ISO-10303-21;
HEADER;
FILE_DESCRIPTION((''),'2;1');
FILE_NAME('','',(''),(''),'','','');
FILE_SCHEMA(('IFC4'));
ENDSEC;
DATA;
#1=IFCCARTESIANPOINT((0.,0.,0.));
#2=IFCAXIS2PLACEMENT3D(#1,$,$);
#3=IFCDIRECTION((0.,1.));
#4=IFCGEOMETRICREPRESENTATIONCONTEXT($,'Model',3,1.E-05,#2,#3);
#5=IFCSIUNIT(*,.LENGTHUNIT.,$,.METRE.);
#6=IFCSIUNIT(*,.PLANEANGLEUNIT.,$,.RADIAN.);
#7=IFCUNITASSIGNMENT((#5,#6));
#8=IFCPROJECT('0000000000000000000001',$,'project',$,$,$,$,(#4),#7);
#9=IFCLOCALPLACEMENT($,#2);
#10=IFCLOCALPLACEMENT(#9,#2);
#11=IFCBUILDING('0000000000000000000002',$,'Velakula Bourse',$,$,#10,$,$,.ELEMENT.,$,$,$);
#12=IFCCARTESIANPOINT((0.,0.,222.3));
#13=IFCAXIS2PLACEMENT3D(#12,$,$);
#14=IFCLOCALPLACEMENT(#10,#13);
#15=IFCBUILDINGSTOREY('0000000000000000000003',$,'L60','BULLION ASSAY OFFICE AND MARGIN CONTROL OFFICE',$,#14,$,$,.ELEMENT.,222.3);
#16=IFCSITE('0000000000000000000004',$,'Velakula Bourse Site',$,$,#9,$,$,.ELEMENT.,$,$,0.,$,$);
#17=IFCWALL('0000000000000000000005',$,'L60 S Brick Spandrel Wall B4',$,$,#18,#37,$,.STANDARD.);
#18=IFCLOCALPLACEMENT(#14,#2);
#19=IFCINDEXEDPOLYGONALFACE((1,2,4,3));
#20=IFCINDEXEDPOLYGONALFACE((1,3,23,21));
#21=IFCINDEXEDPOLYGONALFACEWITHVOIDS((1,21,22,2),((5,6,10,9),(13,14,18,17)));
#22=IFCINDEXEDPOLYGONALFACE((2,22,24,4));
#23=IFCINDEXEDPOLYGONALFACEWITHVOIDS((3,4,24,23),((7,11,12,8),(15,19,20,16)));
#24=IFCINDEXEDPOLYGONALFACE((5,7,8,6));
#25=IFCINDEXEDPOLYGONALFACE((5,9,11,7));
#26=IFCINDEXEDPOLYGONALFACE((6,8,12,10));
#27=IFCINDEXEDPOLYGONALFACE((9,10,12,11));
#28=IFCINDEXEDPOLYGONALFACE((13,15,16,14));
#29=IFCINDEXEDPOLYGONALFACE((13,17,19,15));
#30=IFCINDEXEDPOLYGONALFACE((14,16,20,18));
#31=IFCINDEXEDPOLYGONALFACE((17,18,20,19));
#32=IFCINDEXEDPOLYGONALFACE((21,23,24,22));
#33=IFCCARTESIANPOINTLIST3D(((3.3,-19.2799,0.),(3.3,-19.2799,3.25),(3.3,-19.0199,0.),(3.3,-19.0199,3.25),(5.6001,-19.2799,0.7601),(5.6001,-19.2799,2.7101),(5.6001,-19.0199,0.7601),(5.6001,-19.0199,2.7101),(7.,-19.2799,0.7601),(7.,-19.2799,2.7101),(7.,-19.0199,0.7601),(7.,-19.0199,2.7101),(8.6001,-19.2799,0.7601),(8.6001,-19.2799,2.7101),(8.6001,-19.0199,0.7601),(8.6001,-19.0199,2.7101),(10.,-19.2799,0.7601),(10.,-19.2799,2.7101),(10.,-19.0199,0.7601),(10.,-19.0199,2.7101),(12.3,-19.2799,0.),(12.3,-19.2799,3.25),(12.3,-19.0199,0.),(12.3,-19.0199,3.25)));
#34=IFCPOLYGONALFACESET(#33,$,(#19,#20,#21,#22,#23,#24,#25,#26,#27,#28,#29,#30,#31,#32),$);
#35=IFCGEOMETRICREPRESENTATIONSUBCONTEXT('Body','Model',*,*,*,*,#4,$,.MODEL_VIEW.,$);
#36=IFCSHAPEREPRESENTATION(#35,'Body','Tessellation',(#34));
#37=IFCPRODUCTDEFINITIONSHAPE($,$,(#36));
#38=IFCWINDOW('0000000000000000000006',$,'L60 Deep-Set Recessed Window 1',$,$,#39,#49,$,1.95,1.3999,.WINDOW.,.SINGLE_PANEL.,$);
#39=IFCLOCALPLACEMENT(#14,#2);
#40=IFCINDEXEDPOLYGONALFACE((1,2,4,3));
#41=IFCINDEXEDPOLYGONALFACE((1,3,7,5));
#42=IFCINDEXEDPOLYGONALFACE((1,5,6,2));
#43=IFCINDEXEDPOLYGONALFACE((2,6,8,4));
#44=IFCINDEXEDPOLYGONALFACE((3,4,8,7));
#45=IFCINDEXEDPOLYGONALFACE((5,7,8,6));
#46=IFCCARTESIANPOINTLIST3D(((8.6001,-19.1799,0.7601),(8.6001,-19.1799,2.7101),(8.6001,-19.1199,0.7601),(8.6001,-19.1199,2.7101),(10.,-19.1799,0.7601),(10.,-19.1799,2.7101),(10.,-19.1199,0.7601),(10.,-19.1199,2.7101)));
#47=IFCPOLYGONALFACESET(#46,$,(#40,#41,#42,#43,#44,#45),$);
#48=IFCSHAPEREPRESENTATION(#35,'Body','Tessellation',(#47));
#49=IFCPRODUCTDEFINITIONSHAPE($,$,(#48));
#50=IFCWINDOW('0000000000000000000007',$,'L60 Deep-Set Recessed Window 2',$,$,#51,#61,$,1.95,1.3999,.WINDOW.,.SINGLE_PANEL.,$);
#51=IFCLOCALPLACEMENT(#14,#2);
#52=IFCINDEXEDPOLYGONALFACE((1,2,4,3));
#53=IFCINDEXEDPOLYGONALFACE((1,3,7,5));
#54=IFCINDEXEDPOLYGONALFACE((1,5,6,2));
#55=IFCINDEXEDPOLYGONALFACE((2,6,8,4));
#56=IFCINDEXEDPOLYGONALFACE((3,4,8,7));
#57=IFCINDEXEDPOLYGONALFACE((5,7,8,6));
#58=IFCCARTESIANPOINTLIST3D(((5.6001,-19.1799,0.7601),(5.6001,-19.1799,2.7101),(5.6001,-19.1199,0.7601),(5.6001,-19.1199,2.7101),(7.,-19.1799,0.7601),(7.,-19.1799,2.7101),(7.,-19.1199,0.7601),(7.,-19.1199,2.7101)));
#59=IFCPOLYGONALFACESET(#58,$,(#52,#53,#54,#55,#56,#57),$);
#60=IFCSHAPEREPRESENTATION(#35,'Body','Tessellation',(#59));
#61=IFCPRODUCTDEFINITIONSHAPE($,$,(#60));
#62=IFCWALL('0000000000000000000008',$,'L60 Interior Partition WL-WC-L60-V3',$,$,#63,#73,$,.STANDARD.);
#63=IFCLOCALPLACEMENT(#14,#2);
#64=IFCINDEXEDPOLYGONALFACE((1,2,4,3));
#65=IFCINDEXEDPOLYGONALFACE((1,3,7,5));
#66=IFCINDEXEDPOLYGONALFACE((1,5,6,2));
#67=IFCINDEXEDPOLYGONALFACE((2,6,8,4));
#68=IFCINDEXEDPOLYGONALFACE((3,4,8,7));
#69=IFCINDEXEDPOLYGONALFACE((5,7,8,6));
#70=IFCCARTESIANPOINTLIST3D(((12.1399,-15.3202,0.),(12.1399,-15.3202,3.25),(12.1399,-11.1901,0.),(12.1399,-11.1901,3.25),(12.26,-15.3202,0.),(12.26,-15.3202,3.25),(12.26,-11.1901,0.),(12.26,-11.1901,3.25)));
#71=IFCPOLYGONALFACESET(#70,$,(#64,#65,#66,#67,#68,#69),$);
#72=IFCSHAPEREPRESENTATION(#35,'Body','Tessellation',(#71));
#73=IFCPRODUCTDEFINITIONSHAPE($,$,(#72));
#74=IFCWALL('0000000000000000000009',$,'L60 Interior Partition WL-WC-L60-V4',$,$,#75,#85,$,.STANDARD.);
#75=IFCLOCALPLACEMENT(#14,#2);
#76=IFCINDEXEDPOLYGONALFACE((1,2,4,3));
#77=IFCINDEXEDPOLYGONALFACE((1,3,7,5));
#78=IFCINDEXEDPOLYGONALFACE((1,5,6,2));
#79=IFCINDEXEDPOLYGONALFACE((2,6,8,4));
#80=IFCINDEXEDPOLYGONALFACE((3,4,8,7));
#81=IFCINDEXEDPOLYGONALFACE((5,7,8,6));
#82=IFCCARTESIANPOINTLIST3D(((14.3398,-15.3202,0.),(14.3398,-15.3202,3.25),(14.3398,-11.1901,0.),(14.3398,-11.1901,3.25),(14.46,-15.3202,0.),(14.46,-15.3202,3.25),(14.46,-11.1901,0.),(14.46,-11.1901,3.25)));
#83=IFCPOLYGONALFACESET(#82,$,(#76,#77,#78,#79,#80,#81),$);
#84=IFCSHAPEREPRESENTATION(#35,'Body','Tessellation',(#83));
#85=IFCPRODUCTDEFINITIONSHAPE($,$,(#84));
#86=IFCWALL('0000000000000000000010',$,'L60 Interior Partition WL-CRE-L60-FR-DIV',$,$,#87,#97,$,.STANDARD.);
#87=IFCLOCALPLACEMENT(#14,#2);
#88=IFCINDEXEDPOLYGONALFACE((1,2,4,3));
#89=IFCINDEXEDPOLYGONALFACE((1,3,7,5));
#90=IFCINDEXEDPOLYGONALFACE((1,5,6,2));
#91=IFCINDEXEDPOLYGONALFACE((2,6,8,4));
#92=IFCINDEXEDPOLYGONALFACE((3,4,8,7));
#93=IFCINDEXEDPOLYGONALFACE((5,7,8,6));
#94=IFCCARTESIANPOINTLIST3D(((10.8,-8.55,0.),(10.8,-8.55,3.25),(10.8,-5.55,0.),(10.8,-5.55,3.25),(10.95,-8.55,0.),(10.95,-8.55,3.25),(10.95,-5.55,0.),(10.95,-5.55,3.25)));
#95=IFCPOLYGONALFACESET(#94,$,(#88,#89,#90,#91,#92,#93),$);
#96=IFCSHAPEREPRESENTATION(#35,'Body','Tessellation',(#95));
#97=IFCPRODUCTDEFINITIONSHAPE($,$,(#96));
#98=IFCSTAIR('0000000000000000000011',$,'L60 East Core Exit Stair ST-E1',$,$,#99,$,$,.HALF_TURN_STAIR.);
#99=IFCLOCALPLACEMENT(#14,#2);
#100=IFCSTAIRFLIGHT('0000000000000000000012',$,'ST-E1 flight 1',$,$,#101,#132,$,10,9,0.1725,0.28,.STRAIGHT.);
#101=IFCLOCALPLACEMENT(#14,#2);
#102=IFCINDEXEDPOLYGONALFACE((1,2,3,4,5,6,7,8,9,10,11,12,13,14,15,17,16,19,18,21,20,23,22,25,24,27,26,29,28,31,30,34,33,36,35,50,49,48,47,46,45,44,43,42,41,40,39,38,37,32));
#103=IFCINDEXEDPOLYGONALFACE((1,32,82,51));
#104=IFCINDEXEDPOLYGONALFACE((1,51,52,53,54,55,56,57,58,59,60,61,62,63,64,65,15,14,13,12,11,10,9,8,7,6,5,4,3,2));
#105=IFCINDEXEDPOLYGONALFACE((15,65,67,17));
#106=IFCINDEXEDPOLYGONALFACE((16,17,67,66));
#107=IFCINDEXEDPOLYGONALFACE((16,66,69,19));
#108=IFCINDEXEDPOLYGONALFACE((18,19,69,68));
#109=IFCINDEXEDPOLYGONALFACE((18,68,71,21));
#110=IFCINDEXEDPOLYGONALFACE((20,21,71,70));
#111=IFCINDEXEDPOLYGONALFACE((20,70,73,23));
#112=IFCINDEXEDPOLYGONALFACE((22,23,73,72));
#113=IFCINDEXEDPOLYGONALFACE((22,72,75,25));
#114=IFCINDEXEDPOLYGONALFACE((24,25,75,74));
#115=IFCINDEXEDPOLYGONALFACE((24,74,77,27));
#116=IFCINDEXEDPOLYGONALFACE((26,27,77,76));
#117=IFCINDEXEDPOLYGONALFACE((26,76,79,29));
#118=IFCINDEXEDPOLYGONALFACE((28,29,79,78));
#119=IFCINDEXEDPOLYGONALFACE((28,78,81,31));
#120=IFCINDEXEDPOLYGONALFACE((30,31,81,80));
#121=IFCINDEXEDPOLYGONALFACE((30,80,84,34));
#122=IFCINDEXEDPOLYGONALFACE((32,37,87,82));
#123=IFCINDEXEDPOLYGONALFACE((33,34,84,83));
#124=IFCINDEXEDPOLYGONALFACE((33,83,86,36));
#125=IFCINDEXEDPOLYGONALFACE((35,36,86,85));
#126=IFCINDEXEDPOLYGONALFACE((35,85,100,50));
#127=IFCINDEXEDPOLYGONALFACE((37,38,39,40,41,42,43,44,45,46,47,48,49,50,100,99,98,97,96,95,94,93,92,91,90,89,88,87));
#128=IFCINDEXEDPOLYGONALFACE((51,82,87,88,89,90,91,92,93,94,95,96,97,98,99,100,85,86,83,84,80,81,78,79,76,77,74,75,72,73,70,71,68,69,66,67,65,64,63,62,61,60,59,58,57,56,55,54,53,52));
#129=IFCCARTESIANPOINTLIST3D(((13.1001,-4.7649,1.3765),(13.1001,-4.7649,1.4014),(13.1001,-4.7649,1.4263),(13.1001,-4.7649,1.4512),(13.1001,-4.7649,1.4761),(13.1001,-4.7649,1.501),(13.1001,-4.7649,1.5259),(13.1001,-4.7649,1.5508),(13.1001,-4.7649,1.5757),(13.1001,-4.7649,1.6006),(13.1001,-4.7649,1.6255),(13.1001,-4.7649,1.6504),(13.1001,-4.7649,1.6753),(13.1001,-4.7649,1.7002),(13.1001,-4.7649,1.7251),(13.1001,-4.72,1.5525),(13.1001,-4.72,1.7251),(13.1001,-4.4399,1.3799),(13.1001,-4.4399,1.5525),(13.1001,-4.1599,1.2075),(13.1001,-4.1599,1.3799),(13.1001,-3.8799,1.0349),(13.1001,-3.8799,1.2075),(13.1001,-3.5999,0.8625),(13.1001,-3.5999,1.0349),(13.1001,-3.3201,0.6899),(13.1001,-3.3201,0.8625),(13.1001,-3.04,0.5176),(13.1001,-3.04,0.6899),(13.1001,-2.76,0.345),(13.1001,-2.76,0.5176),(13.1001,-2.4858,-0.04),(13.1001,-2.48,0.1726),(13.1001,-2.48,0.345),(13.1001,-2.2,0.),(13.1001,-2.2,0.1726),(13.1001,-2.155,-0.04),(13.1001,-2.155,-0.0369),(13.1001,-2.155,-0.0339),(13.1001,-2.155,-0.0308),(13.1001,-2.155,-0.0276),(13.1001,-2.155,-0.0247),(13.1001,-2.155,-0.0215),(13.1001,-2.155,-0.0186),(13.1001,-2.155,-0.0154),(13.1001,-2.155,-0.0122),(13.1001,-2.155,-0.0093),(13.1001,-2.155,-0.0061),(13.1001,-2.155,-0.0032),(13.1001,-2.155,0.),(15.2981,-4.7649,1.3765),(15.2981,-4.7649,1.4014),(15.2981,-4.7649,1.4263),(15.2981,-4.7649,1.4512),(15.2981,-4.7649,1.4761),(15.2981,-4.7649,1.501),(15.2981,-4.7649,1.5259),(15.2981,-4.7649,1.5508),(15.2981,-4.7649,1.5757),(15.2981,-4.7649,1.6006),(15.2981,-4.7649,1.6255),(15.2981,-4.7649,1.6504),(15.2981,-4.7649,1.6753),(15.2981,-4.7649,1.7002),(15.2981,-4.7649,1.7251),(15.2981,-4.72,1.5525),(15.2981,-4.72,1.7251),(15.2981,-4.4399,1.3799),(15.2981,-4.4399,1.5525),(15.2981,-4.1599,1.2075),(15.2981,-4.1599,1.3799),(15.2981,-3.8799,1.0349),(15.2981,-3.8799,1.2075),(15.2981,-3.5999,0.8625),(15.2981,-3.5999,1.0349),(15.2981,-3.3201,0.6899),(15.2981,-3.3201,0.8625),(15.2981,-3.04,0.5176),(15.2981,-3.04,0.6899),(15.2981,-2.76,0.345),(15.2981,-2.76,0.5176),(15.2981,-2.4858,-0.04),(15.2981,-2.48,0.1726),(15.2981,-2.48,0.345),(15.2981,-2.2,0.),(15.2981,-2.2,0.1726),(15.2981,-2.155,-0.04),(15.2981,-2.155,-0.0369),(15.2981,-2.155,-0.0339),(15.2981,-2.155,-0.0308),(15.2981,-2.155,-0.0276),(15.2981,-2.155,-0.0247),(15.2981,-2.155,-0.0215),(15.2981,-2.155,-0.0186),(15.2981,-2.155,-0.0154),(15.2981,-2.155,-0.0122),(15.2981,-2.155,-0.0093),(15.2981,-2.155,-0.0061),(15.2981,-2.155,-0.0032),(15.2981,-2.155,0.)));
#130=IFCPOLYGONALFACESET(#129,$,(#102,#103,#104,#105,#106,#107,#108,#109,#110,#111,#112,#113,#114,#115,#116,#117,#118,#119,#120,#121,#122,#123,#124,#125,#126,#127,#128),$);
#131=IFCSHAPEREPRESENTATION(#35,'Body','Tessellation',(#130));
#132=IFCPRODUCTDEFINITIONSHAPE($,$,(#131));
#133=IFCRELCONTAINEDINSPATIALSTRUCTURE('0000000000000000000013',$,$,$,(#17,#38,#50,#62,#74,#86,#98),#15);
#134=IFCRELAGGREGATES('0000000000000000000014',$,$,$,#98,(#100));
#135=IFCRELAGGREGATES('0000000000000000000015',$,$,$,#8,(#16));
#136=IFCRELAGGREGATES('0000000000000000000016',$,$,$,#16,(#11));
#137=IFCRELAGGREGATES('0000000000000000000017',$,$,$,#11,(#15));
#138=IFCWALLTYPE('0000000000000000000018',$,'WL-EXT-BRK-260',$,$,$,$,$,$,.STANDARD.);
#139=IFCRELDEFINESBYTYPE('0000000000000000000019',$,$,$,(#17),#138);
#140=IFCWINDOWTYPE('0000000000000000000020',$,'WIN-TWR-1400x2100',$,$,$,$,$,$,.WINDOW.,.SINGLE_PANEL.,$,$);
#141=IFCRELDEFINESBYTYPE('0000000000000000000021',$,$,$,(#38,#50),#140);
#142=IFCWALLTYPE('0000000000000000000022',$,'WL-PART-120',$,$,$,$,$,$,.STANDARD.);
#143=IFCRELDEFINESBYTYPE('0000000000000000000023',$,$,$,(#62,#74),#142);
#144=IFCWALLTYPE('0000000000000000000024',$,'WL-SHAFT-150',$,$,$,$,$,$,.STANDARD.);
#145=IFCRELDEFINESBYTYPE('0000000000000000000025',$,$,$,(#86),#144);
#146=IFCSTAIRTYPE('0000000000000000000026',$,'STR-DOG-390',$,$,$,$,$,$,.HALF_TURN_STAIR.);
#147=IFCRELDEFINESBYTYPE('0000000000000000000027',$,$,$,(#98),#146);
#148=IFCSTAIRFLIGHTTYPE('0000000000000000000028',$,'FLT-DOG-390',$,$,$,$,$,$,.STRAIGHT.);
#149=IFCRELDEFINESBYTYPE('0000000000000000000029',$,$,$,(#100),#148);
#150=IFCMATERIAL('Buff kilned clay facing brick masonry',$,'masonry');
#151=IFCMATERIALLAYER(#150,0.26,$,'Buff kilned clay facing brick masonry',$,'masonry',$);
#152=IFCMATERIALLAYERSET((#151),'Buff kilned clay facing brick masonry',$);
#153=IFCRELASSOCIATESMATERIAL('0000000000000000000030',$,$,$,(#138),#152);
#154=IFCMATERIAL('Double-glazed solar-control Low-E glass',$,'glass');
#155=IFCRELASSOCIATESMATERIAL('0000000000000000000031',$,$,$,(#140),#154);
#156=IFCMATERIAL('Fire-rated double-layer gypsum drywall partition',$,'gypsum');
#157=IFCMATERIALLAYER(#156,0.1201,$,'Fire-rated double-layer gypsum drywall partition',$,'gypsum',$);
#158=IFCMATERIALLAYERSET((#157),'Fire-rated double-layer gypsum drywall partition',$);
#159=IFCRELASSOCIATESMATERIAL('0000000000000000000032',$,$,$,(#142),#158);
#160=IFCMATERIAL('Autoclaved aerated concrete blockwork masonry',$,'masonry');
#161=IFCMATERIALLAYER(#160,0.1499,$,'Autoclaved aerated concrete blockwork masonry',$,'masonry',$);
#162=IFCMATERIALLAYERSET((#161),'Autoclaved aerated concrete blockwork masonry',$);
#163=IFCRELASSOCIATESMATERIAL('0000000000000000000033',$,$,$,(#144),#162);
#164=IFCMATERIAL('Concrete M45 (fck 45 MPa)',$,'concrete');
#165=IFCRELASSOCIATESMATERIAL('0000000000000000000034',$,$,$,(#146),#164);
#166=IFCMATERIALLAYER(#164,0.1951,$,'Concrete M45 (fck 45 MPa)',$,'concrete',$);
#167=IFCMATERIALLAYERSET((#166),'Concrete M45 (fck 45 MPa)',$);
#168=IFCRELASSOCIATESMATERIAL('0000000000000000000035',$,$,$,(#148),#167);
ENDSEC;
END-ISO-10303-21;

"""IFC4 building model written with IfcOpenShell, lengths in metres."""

from ifc_helpers import new_model, si_unit, direction, frame, frame_2d, origin, place, context, subcontext, project, spatial, polyline, rectangle, outline, extrude, material, layer, layer_set, type_object, element, fill, aggregate, save


model = new_model("IFC4")

# Units and contexts
model_context = context("Model", 3, precision=1e-05, world=origin(), true_north=direction((0.0, 1.0)))
body_context = subcontext(model_context, "Body", "Model", "MODEL_VIEW")
ifc_project = project(units=[si_unit("LENGTHUNIT", "METRE"), si_unit("PLANEANGLEUNIT", "RADIAN")], contexts=[model_context])

# Site, building, storey
site_placement = place(None, origin())
site = spatial("IfcSite", under=ifc_project, at=site_placement, Name="Velakula Bourse Site", CompositionType="ELEMENT", RefElevation=0.0)
building_placement = place(site_placement, origin())
building = spatial("IfcBuilding", under=site, at=building_placement, Name="Velakula Bourse", CompositionType="ELEMENT")
storey_placement = place(building_placement, frame((0.0, 0.0, 222.3)))
storey = spatial("IfcBuildingStorey", under=building, at=storey_placement, Name="L60", Description="BULLION ASSAY OFFICE AND MARGIN CONTROL OFFICE", CompositionType="ELEMENT", Elevation=222.3)

# Wall, openings, windows
ifc_material_1 = material(Name="Buff kilned clay facing brick masonry", Category="masonry")
ifc_layer_1 = layer(ifc_material_1, 0.26, Name="Buff kilned clay facing brick masonry", Category="masonry")
ifc_layer_set_1 = layer_set([ifc_layer_1], Name="Buff kilned clay facing brick masonry")
wall_type_1 = type_object("IfcWallType", Name="WL-EXT-BRK-260", PredefinedType="STANDARD", material=ifc_layer_set_1)
wall_1_placement = place(storey_placement, frame((12.3, -19.1499, 0.0), z_axis=(0.0, 0.0, 1.0), x_axis=(-1.0, 0.0, 0.0)))
wall_1 = element("IfcWall", 1, at=wall_1_placement, inside=storey, type_object=wall_type_1, Name="L60 S Brick Spandrel Wall B4", PredefinedType="STANDARD", context=body_context, shape_type="SweptSolid", body=[
    extrude(rectangle(XDim=9.0, YDim=0.26, at=frame_2d((4.5, 0.0))), origin(), (0.0, 0.0, 1.0), 3.25),
])
opening_1_placement = place(wall_1_placement, frame((2.3, 0.0, 0.76)))
opening_1 = element("IfcOpeningElement", 2, at=opening_1_placement, cuts=wall_1, PredefinedType="OPENING", context=body_context, shape_type="SweptSolid", body=[
    extrude(rectangle(XDim=1.3999, YDim=1.95, at=frame_2d((0.7, 0.9751))), frame((0.0, 0.1399, 0.0), z_axis=(0.0, -1.0, 0.0), x_axis=(1.0, 0.0, 0.0)), (0.0, 0.0, 1.0), 0.28),
])
opening_2_placement = place(wall_1_placement, frame((5.3, 0.0, 0.76)))
opening_2 = element("IfcOpeningElement", 3, at=opening_2_placement, cuts=wall_1, PredefinedType="OPENING", context=body_context, shape_type="SweptSolid", body=[
    extrude(rectangle(XDim=1.3999, YDim=1.95, at=frame_2d((0.7, 0.9751))), frame((0.0, 0.1399, 0.0), z_axis=(0.0, -1.0, 0.0), x_axis=(1.0, 0.0, 0.0)), (0.0, 0.0, 1.0), 0.28),
])
ifc_material_2 = material(Name="Double-glazed solar-control Low-E glass", Category="glass")
window_type = type_object("IfcWindowType", Name="WIN-TWR-1400x2100", PartitioningType="SINGLE_PANEL", PredefinedType="WINDOW", material=ifc_material_2)
window_1_placement = place(opening_1_placement, origin())
window_1 = element("IfcWindow", 4, at=window_1_placement, inside=storey, type_object=window_type, Name="L60 Deep-Set Recessed Window 1", OverallHeight=1.95, OverallWidth=1.3999, PartitioningType="SINGLE_PANEL", PredefinedType="WINDOW", context=body_context, shape_type="SweptSolid", body=[
    extrude(rectangle(XDim=1.3999, YDim=1.95, at=frame_2d((0.7, 0.9751))), frame((0.0, 0.03, 0.0), z_axis=(0.0, -1.0, 0.0), x_axis=(1.0, 0.0, 0.0)), (0.0, 0.0, 1.0), 0.0601),
])
fill(opening_1, window_1)
window_2_placement = place(opening_2_placement, origin())
window_2 = element("IfcWindow", 5, at=window_2_placement, inside=storey, type_object=window_type, Name="L60 Deep-Set Recessed Window 2", OverallHeight=1.95, OverallWidth=1.3999, PartitioningType="SINGLE_PANEL", PredefinedType="WINDOW", context=body_context, shape_type="SweptSolid", body=[
    extrude(rectangle(XDim=1.3999, YDim=1.95, at=frame_2d((0.7, 0.9751))), frame((0.0, 0.03, 0.0), z_axis=(0.0, -1.0, 0.0), x_axis=(1.0, 0.0, 0.0)), (0.0, 0.0, 1.0), 0.0601),
])
fill(opening_2, window_2)

# Walls
ifc_material_3 = material(Name="Fire-rated double-layer gypsum drywall partition", Category="gypsum")
ifc_layer_2 = layer(ifc_material_3, 0.1201, Name="Fire-rated double-layer gypsum drywall partition", Category="gypsum")
ifc_layer_set_2 = layer_set([ifc_layer_2], Name="Fire-rated double-layer gypsum drywall partition")
wall_type_2 = type_object("IfcWallType", Name="WL-PART-120", PredefinedType="STANDARD", material=ifc_layer_set_2)
for number, where, z_axis, x_axis, name in (
    (6, (12.2, -15.3201, 0.0), (0.0, 0.0, 1.0), (0.0, 1.0, 0.0), "L60 Interior Partition WL-WC-L60-V3"),
    (7, (14.3999, -15.3201, 0.0), (0.0, 0.0, 1.0), (0.0, 1.0, 0.0), "L60 Interior Partition WL-WC-L60-V4"),
):
    element("IfcWall", number, at=place(storey_placement, frame(where, z_axis=z_axis, x_axis=x_axis)), inside=storey, type_object=wall_type_2, Name=name, PredefinedType="STANDARD", context=body_context, shape_type="SweptSolid", body=[
        extrude(rectangle(XDim=4.1301, YDim=0.1201, at=frame_2d((2.0649, 0.0))), origin(), (0.0, 0.0, 1.0), 3.25),
    ])

# Shared definitions
ifc_material_4 = material(Name="Autoclaved aerated concrete blockwork masonry", Category="masonry")
ifc_layer_3 = layer(ifc_material_4, 0.1499, Name="Autoclaved aerated concrete blockwork masonry", Category="masonry")
ifc_layer_set_3 = layer_set([ifc_layer_3], Name="Autoclaved aerated concrete blockwork masonry")
wall_type_3 = type_object("IfcWallType", Name="WL-SHAFT-150", PredefinedType="STANDARD", material=ifc_layer_set_3)

# Wall
wall_2_placement = place(storey_placement, frame((10.875, -8.55, 0.0), z_axis=(0.0, 0.0, 1.0), x_axis=(0.0, 1.0, 0.0)))
element("IfcWall", 8, at=wall_2_placement, inside=storey, type_object=wall_type_3, Name="L60 Interior Partition WL-CRE-L60-FR-DIV", PredefinedType="STANDARD", context=body_context, shape_type="SweptSolid", body=[
    extrude(rectangle(XDim=3.0, YDim=0.1499, at=frame_2d((1.5, 0.0))), origin(), (0.0, 0.0, 1.0), 3.25),
])

# Stair, stair flight
ifc_material_5 = material(Name="Concrete M45 (fck 45 MPa)", Category="concrete")
stair_type = type_object("IfcStairType", Name="STR-DOG-390", PredefinedType="HALF_TURN_STAIR", material=ifc_material_5)
stair_placement = place(storey_placement, origin())
stair = element("IfcStair", 9, at=stair_placement, inside=storey, type_object=stair_type, Name="L60 East Core Exit Stair ST-E1", PredefinedType="HALF_TURN_STAIR")
ifc_layer_4 = layer(ifc_material_5, 0.1951, Name="Concrete M45 (fck 45 MPa)", Category="concrete")
ifc_layer_set_4 = layer_set([ifc_layer_4], Name="Concrete M45 (fck 45 MPa)")
stair_flight_type = type_object("IfcStairFlightType", Name="FLT-DOG-390", PredefinedType="STRAIGHT", material=ifc_layer_set_4)
stair_flight_1_placement = place(storey_placement, frame((14.199, -2.2, 0.0), z_axis=(0.0, 0.0, 1.0), x_axis=(0.0, -1.0, 0.0)))
stair_flight_1 = element("IfcStairFlight", 10, at=stair_flight_1_placement, type_object=stair_flight_type, Name="ST-E1 flight 1", NumberOfRisers=10, NumberOfTreads=9, PredefinedType="STRAIGHT", RiserHeight=0.1725, TreadLength=0.28, context=body_context, shape_type="SweptSolid", body=[
    extrude(outline(polyline([(-0.0449, -0.04), (-0.0449, -0.0369), (-0.0449, -0.0339), (-0.0449, -0.0308), (-0.0449, -0.0276), (-0.0449, -0.0247), (-0.0449, -0.0215), (-0.0449, -0.0186), (-0.0449, -0.0154), (-0.0449, -0.0122), (-0.0449, -0.0093), (-0.0449, -0.0061), (-0.0449, -0.0032), (-0.0449, 0.0), (0.0, 0.0), (0.0, 0.1726), (0.28, 0.1726), (0.28, 0.345), (0.5601, 0.345), (0.5601, 0.5176), (0.8401, 0.5176), (0.8401, 0.6899), (1.1201, 0.6899), (1.1201, 0.8625), (1.3999, 0.8625), (1.3999, 1.0349), (1.6799, 1.0349), (1.6799, 1.2075), (1.96, 1.2075), (1.96, 1.3799), (2.24, 1.3799), (2.24, 1.5525), (2.52, 1.5525), (2.52, 1.7251), (2.5649, 1.7251), (2.5649, 1.7002), (2.5649, 1.6753), (2.5649, 1.6504), (2.5649, 1.6255), (2.5649, 1.6006), (2.5649, 1.5757), (2.5649, 1.5508), (2.5649, 1.5259), (2.5649, 1.501), (2.5649, 1.4761), (2.5649, 1.4512), (2.5649, 1.4263), (2.5649, 1.4014), (2.5649, 1.3765), (0.2859, -0.04), (-0.0449, -0.04)])), frame((0.0, 1.0991, 0.0), z_axis=(0.0, -1.0, 0.0), x_axis=(1.0, 0.0, 0.0)), (0.0, 0.0, 1.0), 2.198),
])
aggregate(stair, [stair_flight_1])

save(model, "model.ifc")
